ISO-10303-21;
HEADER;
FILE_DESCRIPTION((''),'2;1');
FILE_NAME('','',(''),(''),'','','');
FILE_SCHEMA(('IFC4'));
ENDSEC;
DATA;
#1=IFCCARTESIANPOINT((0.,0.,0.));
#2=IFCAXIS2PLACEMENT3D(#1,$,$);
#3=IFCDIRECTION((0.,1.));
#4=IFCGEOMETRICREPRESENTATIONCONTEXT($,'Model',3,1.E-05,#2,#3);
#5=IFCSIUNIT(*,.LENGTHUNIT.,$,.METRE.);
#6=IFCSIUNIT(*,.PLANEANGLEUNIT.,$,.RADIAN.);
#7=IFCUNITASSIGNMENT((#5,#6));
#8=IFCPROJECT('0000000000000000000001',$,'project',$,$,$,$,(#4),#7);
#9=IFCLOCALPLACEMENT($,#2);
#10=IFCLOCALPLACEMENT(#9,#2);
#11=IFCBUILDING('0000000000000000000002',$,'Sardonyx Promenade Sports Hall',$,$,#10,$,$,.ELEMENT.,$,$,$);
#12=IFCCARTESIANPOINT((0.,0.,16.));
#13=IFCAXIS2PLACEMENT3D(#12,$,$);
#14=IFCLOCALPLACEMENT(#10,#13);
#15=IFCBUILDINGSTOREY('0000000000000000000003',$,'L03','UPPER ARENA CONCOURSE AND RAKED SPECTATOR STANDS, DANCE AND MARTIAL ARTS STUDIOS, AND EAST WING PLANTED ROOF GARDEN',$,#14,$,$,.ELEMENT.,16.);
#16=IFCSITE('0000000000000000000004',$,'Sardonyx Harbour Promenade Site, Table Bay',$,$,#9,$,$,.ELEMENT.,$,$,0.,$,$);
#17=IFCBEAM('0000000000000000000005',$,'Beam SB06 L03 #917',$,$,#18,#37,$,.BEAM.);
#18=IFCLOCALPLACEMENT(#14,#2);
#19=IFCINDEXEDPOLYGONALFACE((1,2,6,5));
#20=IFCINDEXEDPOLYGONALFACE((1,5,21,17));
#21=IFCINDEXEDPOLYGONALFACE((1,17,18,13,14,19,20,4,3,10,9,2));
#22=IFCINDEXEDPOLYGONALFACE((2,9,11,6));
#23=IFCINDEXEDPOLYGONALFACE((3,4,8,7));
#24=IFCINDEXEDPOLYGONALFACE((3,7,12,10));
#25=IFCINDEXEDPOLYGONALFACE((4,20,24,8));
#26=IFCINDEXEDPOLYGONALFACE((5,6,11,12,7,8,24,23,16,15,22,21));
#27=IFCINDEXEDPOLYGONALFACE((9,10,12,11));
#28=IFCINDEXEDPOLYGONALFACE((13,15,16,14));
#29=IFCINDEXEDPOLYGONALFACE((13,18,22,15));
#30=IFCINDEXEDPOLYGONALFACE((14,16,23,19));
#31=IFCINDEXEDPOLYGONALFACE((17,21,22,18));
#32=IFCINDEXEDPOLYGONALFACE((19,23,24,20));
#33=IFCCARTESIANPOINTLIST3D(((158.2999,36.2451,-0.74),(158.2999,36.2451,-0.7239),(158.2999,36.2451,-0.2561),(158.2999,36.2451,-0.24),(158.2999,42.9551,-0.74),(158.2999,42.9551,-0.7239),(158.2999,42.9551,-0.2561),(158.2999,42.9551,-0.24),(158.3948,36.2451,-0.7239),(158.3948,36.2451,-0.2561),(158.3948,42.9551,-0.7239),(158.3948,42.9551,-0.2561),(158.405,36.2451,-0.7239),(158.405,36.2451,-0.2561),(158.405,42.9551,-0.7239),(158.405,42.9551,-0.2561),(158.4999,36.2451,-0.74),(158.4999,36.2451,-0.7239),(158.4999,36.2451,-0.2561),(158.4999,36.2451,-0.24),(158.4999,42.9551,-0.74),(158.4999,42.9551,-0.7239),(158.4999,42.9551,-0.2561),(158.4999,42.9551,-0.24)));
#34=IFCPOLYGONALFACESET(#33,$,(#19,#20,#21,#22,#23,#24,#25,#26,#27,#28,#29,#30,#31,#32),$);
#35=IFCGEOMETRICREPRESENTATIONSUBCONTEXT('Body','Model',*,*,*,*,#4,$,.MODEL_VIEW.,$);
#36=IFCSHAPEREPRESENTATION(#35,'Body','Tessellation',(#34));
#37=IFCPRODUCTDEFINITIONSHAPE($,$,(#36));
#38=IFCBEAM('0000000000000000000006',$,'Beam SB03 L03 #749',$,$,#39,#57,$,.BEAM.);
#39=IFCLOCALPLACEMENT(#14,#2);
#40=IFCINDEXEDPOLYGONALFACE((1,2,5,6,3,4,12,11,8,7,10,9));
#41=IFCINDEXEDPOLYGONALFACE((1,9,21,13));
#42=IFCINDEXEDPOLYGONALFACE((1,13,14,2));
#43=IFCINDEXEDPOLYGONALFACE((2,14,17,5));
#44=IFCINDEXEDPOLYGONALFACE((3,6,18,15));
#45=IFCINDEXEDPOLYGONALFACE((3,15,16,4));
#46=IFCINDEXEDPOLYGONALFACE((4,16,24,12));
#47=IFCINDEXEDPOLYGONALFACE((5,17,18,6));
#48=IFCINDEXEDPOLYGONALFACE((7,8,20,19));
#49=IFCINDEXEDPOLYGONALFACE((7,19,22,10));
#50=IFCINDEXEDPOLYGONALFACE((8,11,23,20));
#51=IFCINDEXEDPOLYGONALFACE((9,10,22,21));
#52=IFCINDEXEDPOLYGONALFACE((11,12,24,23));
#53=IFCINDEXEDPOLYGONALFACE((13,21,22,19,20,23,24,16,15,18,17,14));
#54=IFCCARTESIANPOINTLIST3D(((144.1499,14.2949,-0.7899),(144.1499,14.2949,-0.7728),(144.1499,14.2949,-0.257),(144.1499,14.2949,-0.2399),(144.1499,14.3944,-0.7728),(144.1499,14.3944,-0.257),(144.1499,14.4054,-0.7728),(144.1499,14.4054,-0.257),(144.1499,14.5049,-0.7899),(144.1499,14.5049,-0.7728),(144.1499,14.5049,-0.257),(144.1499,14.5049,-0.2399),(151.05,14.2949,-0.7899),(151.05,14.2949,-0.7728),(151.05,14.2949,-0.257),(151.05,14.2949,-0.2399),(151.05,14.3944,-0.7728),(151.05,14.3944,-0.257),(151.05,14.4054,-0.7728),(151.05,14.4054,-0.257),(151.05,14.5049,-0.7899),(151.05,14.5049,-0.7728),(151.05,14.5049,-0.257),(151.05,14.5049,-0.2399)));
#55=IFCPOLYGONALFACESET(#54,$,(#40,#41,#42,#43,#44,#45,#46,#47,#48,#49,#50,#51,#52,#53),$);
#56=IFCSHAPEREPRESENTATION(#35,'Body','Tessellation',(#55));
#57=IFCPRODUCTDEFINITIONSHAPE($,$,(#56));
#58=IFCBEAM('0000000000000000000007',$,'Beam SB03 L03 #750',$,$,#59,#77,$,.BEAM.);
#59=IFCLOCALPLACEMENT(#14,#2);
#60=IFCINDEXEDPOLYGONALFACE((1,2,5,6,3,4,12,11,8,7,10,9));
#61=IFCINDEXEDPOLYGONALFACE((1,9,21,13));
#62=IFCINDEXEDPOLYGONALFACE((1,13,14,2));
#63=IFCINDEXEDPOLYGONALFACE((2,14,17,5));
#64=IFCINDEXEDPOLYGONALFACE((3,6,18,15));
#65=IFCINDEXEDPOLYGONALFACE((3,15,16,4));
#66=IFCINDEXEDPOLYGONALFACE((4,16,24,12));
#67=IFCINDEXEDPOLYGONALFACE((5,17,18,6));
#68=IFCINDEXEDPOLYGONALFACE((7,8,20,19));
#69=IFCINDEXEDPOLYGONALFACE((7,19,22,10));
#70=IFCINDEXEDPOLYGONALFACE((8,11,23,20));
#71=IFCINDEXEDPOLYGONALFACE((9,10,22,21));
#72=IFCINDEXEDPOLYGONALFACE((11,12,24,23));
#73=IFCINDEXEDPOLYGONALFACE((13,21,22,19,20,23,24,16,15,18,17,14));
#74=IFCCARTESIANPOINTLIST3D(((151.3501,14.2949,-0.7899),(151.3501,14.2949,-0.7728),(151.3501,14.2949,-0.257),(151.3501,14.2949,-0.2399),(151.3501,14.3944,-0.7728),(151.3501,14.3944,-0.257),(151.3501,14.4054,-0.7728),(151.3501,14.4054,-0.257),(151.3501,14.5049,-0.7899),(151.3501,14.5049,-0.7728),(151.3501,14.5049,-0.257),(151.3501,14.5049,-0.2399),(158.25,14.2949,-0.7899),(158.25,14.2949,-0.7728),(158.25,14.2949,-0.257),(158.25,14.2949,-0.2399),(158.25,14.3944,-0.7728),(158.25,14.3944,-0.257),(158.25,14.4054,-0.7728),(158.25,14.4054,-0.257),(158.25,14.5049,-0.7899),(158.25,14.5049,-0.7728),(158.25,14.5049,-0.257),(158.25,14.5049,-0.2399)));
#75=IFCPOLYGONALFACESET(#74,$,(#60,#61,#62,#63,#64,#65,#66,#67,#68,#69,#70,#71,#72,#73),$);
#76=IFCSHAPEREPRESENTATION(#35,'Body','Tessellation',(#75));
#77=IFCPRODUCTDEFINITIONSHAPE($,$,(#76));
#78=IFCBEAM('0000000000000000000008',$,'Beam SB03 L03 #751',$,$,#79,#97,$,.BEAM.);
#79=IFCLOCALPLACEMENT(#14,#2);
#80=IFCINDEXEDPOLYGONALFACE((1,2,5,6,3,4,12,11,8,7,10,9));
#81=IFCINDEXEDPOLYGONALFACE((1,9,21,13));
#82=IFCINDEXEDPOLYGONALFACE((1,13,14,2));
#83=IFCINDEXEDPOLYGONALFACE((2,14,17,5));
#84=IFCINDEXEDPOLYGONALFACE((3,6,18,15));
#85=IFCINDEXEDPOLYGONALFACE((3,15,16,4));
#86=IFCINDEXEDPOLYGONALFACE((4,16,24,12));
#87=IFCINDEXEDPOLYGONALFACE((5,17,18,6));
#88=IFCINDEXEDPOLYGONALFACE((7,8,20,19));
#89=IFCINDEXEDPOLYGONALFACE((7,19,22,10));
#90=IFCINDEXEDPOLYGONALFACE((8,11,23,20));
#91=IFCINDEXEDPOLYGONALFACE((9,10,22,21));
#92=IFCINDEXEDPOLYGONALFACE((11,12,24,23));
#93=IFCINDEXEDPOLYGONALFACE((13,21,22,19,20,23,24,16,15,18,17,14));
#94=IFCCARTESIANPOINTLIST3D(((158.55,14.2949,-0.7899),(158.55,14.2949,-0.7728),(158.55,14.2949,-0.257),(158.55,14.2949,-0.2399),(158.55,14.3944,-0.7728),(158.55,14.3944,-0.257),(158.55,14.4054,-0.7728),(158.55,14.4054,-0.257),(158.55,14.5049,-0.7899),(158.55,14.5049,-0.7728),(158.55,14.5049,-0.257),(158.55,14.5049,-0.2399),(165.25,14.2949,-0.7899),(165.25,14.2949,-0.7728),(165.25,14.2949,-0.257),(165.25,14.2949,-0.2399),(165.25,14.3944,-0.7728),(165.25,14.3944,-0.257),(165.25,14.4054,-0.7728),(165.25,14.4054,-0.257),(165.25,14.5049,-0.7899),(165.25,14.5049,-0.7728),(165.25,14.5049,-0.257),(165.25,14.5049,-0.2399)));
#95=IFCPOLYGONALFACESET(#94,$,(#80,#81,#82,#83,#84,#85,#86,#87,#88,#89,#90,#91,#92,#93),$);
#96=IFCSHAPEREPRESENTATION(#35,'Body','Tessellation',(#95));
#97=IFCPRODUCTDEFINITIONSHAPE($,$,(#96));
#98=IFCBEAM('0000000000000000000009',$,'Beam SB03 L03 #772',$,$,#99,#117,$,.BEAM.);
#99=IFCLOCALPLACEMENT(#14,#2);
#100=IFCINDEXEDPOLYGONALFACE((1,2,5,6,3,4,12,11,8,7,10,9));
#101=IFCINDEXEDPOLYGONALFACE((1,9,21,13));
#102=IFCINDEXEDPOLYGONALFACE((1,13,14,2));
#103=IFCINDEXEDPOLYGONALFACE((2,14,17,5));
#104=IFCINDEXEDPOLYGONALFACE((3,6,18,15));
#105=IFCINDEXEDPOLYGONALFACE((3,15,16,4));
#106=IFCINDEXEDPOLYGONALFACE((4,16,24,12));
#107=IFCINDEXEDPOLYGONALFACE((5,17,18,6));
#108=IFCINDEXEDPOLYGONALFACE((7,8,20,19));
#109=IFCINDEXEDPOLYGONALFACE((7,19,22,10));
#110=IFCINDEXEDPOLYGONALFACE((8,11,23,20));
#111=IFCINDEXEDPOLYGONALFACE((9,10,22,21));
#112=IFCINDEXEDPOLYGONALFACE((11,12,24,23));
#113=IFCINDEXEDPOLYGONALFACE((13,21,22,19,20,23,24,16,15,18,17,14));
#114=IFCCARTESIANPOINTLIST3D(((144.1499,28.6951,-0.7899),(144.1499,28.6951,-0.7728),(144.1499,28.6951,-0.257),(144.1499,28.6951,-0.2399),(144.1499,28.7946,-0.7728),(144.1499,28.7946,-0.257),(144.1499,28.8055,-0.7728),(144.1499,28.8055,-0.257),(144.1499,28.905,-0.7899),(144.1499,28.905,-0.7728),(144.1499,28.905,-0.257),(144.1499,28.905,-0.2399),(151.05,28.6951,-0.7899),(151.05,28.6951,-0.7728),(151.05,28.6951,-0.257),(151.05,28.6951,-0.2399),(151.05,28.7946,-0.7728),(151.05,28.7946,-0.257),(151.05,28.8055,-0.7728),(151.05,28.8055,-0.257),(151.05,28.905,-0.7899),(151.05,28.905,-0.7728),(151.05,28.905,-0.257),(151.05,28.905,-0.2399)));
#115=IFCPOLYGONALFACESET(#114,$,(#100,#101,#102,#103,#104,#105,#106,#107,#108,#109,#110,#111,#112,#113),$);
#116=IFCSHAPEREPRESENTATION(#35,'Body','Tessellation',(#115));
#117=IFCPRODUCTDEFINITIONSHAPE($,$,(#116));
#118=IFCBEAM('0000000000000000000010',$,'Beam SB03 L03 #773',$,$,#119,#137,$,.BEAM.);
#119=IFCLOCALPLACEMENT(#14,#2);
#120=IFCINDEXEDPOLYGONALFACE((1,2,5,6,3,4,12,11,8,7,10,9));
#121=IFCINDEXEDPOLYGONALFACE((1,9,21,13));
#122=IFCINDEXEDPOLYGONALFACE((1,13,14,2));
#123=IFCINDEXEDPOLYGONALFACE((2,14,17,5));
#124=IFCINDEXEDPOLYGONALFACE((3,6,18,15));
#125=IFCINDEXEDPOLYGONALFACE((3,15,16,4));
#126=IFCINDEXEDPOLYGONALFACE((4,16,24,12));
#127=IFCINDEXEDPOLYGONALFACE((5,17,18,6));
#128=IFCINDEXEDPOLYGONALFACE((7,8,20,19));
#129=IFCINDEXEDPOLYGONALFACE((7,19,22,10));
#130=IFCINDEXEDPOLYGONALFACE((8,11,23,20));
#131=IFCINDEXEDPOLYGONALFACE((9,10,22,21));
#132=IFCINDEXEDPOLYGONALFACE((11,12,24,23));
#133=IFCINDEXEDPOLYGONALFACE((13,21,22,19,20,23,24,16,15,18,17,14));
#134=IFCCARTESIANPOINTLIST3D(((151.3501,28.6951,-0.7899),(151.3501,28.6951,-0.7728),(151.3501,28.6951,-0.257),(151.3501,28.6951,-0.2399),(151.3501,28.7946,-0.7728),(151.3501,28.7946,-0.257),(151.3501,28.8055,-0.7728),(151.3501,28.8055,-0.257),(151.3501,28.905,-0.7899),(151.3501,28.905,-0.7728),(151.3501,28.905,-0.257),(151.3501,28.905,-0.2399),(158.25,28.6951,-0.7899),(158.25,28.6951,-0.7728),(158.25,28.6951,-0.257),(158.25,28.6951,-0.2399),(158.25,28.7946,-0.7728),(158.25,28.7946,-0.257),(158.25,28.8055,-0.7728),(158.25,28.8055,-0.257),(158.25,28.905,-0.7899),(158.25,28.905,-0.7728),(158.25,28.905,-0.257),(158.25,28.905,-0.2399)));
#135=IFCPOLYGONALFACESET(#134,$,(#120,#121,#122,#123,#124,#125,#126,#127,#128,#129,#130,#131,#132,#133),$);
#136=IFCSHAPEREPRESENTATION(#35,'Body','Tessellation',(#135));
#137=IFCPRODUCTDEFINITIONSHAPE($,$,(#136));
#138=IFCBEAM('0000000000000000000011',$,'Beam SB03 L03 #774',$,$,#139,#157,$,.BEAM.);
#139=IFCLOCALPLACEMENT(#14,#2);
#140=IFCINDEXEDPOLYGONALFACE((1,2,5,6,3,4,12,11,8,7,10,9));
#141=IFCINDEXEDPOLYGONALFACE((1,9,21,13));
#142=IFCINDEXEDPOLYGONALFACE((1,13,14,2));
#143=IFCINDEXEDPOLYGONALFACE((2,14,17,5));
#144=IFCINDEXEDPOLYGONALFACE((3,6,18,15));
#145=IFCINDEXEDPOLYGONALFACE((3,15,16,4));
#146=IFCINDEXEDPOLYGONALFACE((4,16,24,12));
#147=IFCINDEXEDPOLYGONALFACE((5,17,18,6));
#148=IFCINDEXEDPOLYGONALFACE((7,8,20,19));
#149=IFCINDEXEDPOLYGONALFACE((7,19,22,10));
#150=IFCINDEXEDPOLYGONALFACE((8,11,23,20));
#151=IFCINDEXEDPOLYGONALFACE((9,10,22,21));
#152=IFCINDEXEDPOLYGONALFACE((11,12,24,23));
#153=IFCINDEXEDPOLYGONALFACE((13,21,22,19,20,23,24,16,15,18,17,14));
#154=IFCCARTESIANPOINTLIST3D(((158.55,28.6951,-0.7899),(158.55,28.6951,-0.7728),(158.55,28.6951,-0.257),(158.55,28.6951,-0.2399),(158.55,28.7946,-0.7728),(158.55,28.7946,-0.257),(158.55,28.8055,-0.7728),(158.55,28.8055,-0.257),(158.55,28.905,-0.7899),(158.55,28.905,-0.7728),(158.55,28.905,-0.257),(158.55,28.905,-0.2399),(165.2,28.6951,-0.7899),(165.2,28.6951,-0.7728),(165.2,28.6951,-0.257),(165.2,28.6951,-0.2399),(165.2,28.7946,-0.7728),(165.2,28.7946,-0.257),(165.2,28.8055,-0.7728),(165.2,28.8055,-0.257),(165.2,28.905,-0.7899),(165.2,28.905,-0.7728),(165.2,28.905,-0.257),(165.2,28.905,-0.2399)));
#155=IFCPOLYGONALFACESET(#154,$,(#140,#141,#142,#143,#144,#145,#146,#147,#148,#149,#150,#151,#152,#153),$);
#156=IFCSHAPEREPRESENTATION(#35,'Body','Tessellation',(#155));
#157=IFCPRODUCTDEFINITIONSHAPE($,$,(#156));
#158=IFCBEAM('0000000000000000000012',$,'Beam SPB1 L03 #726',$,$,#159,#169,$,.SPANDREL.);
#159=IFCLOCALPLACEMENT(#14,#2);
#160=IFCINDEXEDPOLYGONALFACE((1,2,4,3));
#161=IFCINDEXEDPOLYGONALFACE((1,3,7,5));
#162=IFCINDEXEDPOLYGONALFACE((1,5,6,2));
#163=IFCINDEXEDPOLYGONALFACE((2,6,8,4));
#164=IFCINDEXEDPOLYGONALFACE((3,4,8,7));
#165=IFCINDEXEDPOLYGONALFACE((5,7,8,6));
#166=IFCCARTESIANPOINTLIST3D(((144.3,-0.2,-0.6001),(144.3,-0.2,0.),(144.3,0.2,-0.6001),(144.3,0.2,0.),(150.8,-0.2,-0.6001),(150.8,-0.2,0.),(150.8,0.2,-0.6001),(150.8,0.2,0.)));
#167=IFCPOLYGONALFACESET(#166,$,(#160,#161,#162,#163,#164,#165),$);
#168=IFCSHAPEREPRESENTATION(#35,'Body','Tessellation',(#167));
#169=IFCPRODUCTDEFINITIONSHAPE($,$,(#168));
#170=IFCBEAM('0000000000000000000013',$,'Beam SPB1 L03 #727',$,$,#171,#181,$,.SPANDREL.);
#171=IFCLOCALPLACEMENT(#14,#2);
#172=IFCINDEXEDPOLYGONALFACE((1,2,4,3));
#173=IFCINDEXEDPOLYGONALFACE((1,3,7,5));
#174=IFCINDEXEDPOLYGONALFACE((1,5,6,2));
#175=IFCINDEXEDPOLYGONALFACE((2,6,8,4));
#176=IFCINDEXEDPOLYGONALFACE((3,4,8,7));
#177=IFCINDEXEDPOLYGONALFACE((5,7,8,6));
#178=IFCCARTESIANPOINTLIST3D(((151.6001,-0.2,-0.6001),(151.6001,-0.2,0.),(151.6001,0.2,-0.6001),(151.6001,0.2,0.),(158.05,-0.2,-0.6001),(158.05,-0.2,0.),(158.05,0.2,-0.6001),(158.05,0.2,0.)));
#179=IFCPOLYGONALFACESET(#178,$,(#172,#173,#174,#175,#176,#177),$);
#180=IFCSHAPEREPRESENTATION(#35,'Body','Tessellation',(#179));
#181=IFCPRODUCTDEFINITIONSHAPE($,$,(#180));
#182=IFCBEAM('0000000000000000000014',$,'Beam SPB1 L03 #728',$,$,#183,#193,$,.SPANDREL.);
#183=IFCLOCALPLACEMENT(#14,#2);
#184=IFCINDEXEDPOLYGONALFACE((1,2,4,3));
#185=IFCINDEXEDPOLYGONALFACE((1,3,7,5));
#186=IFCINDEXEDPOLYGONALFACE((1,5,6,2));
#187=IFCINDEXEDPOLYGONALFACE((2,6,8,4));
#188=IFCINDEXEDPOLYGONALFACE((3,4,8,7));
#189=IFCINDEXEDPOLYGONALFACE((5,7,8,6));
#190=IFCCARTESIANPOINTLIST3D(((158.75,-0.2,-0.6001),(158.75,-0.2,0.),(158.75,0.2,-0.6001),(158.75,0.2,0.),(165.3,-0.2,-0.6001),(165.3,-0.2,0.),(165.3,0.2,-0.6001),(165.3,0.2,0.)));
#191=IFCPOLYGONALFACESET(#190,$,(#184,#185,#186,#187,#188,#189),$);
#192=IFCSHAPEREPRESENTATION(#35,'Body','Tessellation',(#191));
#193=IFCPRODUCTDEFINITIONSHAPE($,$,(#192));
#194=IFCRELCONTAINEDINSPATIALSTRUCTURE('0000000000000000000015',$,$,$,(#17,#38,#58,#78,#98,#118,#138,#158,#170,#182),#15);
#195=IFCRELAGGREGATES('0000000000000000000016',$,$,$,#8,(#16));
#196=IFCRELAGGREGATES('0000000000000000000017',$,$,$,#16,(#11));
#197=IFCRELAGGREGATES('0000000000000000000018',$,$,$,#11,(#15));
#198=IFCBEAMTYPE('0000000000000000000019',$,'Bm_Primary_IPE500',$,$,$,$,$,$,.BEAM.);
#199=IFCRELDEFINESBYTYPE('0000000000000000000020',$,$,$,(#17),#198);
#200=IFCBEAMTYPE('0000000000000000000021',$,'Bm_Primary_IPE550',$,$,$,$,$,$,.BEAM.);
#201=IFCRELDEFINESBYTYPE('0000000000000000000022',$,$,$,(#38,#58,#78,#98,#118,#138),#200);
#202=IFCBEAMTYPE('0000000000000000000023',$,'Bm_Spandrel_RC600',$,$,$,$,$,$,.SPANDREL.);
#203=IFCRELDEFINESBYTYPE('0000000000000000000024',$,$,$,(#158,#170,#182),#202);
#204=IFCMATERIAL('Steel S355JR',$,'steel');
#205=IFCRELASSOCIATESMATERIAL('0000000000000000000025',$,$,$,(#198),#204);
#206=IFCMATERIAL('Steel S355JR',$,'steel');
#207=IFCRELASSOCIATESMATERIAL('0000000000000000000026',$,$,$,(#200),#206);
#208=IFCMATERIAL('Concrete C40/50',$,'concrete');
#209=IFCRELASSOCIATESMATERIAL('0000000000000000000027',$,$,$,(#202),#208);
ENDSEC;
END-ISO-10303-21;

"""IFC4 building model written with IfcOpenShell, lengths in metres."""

from ifc_helpers import new_model, si_unit, direction, frame, origin, origin_2d, place, context, subcontext, project, spatial, rectangle, i_section, extrude, material, material_profile, profile_set, type_object, element, save


model = new_model("IFC4")

# Units and contexts
model_context = context("Model", 3, precision=1e-05, world=origin(), true_north=direction((0.0, 1.0)))
body_context = subcontext(model_context, "Body", "Model", "MODEL_VIEW")
ifc_project = project(units=[si_unit("LENGTHUNIT", "METRE"), si_unit("PLANEANGLEUNIT", "RADIAN")], contexts=[model_context])

# Site, building, storey
site_placement = place(None, origin())
site = spatial("IfcSite", under=ifc_project, at=site_placement, Name="Sardonyx Harbour Promenade Site, Table Bay", CompositionType="ELEMENT", RefElevation=0.0)
building_placement = place(site_placement, origin())
building = spatial("IfcBuilding", under=site, at=building_placement, Name="Sardonyx Promenade Sports Hall", CompositionType="ELEMENT")
storey_placement = place(building_placement, frame((0.0, 0.0, 16.0)))
storey = spatial("IfcBuildingStorey", under=building, at=storey_placement, Name="L03", Description="UPPER ARENA CONCOURSE AND RAKED SPECTATOR STANDS, DANCE AND MARTIAL ARTS STUDIOS, AND EAST WING PLANTED ROOF GARDEN", CompositionType="ELEMENT", Elevation=16.0)

# Beams
ifc_material_1 = material(Name="Steel S355JR", Category="steel")
ifc_material_profile_1 = material_profile(ifc_material_1, i_section(OverallWidth=0.2, OverallDepth=0.5, WebThickness=0.0103, FlangeThickness=0.0161, at=origin_2d()))
ifc_profile_set_1 = profile_set([ifc_material_profile_1], Name="Steel S355JR")
beam_type_1 = type_object("IfcBeamType", Name="Bm_Primary_IPE500", PredefinedType="BEAM", material=ifc_profile_set_1)
for number, where, z_axis, x_axis, name in (
    (1, (158.3999, 36.2451, -0.49), (0.0, 1.0, 0.0), (-1.0, 0.0, 0.0), "Beam SB06 L03 #917"),
):
    element("IfcBeam", number, at=place(storey_placement, frame(where, z_axis=z_axis, x_axis=x_axis)), inside=storey, type_object=beam_type_1, Name=name, PredefinedType="BEAM", context=body_context, shape_type="SweptSolid", body=[
        extrude(i_section(OverallWidth=0.2, OverallDepth=0.5, WebThickness=0.0103, FlangeThickness=0.0161, at=origin_2d()), origin(), (0.0, 0.0, 1.0), 6.71),
    ])
ifc_material_2 = material(Name="Steel S355JR", Category="steel")
ifc_material_profile_2 = material_profile(ifc_material_2, i_section(OverallWidth=0.21, OverallDepth=0.55, WebThickness=0.011, FlangeThickness=0.0171, at=origin_2d()))
ifc_profile_set_2 = profile_set([ifc_material_profile_2], Name="Steel S355JR")
beam_type_2 = type_object("IfcBeamType", Name="Bm_Primary_IPE550", PredefinedType="BEAM", material=ifc_profile_set_2)
beam_1_placement = place(storey_placement, frame((144.1499, 14.3999, -0.5149), z_axis=(1.0, 0.0, 0.0), x_axis=(0.0, 1.0, 0.0)))
element("IfcBeam", 2, at=beam_1_placement, inside=storey, type_object=beam_type_2, Name="Beam SB03 L03 #749", PredefinedType="BEAM", context=body_context, shape_type="SweptSolid", body=[
    extrude(i_section(OverallWidth=0.21, OverallDepth=0.55, WebThickness=0.011, FlangeThickness=0.0171, at=origin_2d()), origin(), (0.0, 0.0, 1.0), 6.9001),
])
beam_2_placement = place(storey_placement, frame((151.3501, 14.3999, -0.5149), z_axis=(1.0, 0.0, 0.0), x_axis=(0.0, 1.0, 0.0)))
element("IfcBeam", 3, at=beam_2_placement, inside=storey, type_object=beam_type_2, Name="Beam SB03 L03 #750", PredefinedType="BEAM", context=body_context, shape_type="SweptSolid", body=[
    extrude(i_section(OverallWidth=0.21, OverallDepth=0.55, WebThickness=0.011, FlangeThickness=0.0171, at=origin_2d()), origin(), (0.0, 0.0, 1.0), 6.8999),
])
beam_3_placement = place(storey_placement, frame((158.55, 14.3999, -0.5149), z_axis=(1.0, 0.0, 0.0), x_axis=(0.0, 1.0, 0.0)))
element("IfcBeam", 4, at=beam_3_placement, inside=storey, type_object=beam_type_2, Name="Beam SB03 L03 #751", PredefinedType="BEAM", context=body_context, shape_type="SweptSolid", body=[
    extrude(i_section(OverallWidth=0.21, OverallDepth=0.55, WebThickness=0.011, FlangeThickness=0.0171, at=origin_2d()), origin(), (0.0, 0.0, 1.0), 6.7),
])
beam_4_placement = place(storey_placement, frame((144.1499, 28.8, -0.5149), z_axis=(1.0, 0.0, 0.0), x_axis=(0.0, 1.0, 0.0)))
element("IfcBeam", 5, at=beam_4_placement, inside=storey, type_object=beam_type_2, Name="Beam SB03 L03 #772", PredefinedType="BEAM", context=body_context, shape_type="SweptSolid", body=[
    extrude(i_section(OverallWidth=0.21, OverallDepth=0.55, WebThickness=0.011, FlangeThickness=0.0171, at=origin_2d()), origin(), (0.0, 0.0, 1.0), 6.9001),
])
beam_5_placement = place(storey_placement, frame((151.3501, 28.8, -0.5149), z_axis=(1.0, 0.0, 0.0), x_axis=(0.0, 1.0, 0.0)))
element("IfcBeam", 6, at=beam_5_placement, inside=storey, type_object=beam_type_2, Name="Beam SB03 L03 #773", PredefinedType="BEAM", context=body_context, shape_type="SweptSolid", body=[
    extrude(i_section(OverallWidth=0.21, OverallDepth=0.55, WebThickness=0.011, FlangeThickness=0.0171, at=origin_2d()), origin(), (0.0, 0.0, 1.0), 6.8999),
])
beam_6_placement = place(storey_placement, frame((158.55, 28.8, -0.5149), z_axis=(1.0, 0.0, 0.0), x_axis=(0.0, 1.0, 0.0)))
element("IfcBeam", 7, at=beam_6_placement, inside=storey, type_object=beam_type_2, Name="Beam SB03 L03 #774", PredefinedType="BEAM", context=body_context, shape_type="SweptSolid", body=[
    extrude(i_section(OverallWidth=0.21, OverallDepth=0.55, WebThickness=0.011, FlangeThickness=0.0171, at=origin_2d()), origin(), (0.0, 0.0, 1.0), 6.6499),
])
ifc_material_3 = material(Name="Concrete C40/50", Category="concrete")
ifc_material_profile_3 = material_profile(ifc_material_3, rectangle(XDim=0.3999, YDim=0.6001, at=origin_2d()))
ifc_profile_set_3 = profile_set([ifc_material_profile_3], Name="Concrete C40/50")
beam_type_3 = type_object("IfcBeamType", Name="Bm_Spandrel_RC600", PredefinedType="SPANDREL", material=ifc_profile_set_3)
beam_7_placement = place(storey_placement, frame((144.3, 0.0, -0.3), z_axis=(1.0, 0.0, 0.0), x_axis=(0.0, 1.0, 0.0)))
element("IfcBeam", 8, at=beam_7_placement, inside=storey, type_object=beam_type_3, Name="Beam SPB1 L03 #726", PredefinedType="SPANDREL", context=body_context, shape_type="SweptSolid", body=[
    extrude(rectangle(XDim=0.3999, YDim=0.6001, at=origin_2d()), origin(), (0.0, 0.0, 1.0), 6.5),
])
beam_8_placement = place(storey_placement, frame((151.6001, 0.0, -0.3), z_axis=(1.0, 0.0, 0.0), x_axis=(0.0, 1.0, 0.0)))
element("IfcBeam", 9, at=beam_8_placement, inside=storey, type_object=beam_type_3, Name="Beam SPB1 L03 #727", PredefinedType="SPANDREL", context=body_context, shape_type="SweptSolid", body=[
    extrude(rectangle(XDim=0.3999, YDim=0.6001, at=origin_2d()), origin(), (0.0, 0.0, 1.0), 6.45),
])
beam_9_placement = place(storey_placement, frame((158.75, 0.0, -0.3), z_axis=(1.0, 0.0, 0.0), x_axis=(0.0, 1.0, 0.0)))
element("IfcBeam", 10, at=beam_9_placement, inside=storey, type_object=beam_type_3, Name="Beam SPB1 L03 #728", PredefinedType="SPANDREL", context=body_context, shape_type="SweptSolid", body=[
    extrude(rectangle(XDim=0.3999, YDim=0.6001, at=origin_2d()), origin(), (0.0, 0.0, 1.0), 6.55),
])

save(model, "model.ifc")
